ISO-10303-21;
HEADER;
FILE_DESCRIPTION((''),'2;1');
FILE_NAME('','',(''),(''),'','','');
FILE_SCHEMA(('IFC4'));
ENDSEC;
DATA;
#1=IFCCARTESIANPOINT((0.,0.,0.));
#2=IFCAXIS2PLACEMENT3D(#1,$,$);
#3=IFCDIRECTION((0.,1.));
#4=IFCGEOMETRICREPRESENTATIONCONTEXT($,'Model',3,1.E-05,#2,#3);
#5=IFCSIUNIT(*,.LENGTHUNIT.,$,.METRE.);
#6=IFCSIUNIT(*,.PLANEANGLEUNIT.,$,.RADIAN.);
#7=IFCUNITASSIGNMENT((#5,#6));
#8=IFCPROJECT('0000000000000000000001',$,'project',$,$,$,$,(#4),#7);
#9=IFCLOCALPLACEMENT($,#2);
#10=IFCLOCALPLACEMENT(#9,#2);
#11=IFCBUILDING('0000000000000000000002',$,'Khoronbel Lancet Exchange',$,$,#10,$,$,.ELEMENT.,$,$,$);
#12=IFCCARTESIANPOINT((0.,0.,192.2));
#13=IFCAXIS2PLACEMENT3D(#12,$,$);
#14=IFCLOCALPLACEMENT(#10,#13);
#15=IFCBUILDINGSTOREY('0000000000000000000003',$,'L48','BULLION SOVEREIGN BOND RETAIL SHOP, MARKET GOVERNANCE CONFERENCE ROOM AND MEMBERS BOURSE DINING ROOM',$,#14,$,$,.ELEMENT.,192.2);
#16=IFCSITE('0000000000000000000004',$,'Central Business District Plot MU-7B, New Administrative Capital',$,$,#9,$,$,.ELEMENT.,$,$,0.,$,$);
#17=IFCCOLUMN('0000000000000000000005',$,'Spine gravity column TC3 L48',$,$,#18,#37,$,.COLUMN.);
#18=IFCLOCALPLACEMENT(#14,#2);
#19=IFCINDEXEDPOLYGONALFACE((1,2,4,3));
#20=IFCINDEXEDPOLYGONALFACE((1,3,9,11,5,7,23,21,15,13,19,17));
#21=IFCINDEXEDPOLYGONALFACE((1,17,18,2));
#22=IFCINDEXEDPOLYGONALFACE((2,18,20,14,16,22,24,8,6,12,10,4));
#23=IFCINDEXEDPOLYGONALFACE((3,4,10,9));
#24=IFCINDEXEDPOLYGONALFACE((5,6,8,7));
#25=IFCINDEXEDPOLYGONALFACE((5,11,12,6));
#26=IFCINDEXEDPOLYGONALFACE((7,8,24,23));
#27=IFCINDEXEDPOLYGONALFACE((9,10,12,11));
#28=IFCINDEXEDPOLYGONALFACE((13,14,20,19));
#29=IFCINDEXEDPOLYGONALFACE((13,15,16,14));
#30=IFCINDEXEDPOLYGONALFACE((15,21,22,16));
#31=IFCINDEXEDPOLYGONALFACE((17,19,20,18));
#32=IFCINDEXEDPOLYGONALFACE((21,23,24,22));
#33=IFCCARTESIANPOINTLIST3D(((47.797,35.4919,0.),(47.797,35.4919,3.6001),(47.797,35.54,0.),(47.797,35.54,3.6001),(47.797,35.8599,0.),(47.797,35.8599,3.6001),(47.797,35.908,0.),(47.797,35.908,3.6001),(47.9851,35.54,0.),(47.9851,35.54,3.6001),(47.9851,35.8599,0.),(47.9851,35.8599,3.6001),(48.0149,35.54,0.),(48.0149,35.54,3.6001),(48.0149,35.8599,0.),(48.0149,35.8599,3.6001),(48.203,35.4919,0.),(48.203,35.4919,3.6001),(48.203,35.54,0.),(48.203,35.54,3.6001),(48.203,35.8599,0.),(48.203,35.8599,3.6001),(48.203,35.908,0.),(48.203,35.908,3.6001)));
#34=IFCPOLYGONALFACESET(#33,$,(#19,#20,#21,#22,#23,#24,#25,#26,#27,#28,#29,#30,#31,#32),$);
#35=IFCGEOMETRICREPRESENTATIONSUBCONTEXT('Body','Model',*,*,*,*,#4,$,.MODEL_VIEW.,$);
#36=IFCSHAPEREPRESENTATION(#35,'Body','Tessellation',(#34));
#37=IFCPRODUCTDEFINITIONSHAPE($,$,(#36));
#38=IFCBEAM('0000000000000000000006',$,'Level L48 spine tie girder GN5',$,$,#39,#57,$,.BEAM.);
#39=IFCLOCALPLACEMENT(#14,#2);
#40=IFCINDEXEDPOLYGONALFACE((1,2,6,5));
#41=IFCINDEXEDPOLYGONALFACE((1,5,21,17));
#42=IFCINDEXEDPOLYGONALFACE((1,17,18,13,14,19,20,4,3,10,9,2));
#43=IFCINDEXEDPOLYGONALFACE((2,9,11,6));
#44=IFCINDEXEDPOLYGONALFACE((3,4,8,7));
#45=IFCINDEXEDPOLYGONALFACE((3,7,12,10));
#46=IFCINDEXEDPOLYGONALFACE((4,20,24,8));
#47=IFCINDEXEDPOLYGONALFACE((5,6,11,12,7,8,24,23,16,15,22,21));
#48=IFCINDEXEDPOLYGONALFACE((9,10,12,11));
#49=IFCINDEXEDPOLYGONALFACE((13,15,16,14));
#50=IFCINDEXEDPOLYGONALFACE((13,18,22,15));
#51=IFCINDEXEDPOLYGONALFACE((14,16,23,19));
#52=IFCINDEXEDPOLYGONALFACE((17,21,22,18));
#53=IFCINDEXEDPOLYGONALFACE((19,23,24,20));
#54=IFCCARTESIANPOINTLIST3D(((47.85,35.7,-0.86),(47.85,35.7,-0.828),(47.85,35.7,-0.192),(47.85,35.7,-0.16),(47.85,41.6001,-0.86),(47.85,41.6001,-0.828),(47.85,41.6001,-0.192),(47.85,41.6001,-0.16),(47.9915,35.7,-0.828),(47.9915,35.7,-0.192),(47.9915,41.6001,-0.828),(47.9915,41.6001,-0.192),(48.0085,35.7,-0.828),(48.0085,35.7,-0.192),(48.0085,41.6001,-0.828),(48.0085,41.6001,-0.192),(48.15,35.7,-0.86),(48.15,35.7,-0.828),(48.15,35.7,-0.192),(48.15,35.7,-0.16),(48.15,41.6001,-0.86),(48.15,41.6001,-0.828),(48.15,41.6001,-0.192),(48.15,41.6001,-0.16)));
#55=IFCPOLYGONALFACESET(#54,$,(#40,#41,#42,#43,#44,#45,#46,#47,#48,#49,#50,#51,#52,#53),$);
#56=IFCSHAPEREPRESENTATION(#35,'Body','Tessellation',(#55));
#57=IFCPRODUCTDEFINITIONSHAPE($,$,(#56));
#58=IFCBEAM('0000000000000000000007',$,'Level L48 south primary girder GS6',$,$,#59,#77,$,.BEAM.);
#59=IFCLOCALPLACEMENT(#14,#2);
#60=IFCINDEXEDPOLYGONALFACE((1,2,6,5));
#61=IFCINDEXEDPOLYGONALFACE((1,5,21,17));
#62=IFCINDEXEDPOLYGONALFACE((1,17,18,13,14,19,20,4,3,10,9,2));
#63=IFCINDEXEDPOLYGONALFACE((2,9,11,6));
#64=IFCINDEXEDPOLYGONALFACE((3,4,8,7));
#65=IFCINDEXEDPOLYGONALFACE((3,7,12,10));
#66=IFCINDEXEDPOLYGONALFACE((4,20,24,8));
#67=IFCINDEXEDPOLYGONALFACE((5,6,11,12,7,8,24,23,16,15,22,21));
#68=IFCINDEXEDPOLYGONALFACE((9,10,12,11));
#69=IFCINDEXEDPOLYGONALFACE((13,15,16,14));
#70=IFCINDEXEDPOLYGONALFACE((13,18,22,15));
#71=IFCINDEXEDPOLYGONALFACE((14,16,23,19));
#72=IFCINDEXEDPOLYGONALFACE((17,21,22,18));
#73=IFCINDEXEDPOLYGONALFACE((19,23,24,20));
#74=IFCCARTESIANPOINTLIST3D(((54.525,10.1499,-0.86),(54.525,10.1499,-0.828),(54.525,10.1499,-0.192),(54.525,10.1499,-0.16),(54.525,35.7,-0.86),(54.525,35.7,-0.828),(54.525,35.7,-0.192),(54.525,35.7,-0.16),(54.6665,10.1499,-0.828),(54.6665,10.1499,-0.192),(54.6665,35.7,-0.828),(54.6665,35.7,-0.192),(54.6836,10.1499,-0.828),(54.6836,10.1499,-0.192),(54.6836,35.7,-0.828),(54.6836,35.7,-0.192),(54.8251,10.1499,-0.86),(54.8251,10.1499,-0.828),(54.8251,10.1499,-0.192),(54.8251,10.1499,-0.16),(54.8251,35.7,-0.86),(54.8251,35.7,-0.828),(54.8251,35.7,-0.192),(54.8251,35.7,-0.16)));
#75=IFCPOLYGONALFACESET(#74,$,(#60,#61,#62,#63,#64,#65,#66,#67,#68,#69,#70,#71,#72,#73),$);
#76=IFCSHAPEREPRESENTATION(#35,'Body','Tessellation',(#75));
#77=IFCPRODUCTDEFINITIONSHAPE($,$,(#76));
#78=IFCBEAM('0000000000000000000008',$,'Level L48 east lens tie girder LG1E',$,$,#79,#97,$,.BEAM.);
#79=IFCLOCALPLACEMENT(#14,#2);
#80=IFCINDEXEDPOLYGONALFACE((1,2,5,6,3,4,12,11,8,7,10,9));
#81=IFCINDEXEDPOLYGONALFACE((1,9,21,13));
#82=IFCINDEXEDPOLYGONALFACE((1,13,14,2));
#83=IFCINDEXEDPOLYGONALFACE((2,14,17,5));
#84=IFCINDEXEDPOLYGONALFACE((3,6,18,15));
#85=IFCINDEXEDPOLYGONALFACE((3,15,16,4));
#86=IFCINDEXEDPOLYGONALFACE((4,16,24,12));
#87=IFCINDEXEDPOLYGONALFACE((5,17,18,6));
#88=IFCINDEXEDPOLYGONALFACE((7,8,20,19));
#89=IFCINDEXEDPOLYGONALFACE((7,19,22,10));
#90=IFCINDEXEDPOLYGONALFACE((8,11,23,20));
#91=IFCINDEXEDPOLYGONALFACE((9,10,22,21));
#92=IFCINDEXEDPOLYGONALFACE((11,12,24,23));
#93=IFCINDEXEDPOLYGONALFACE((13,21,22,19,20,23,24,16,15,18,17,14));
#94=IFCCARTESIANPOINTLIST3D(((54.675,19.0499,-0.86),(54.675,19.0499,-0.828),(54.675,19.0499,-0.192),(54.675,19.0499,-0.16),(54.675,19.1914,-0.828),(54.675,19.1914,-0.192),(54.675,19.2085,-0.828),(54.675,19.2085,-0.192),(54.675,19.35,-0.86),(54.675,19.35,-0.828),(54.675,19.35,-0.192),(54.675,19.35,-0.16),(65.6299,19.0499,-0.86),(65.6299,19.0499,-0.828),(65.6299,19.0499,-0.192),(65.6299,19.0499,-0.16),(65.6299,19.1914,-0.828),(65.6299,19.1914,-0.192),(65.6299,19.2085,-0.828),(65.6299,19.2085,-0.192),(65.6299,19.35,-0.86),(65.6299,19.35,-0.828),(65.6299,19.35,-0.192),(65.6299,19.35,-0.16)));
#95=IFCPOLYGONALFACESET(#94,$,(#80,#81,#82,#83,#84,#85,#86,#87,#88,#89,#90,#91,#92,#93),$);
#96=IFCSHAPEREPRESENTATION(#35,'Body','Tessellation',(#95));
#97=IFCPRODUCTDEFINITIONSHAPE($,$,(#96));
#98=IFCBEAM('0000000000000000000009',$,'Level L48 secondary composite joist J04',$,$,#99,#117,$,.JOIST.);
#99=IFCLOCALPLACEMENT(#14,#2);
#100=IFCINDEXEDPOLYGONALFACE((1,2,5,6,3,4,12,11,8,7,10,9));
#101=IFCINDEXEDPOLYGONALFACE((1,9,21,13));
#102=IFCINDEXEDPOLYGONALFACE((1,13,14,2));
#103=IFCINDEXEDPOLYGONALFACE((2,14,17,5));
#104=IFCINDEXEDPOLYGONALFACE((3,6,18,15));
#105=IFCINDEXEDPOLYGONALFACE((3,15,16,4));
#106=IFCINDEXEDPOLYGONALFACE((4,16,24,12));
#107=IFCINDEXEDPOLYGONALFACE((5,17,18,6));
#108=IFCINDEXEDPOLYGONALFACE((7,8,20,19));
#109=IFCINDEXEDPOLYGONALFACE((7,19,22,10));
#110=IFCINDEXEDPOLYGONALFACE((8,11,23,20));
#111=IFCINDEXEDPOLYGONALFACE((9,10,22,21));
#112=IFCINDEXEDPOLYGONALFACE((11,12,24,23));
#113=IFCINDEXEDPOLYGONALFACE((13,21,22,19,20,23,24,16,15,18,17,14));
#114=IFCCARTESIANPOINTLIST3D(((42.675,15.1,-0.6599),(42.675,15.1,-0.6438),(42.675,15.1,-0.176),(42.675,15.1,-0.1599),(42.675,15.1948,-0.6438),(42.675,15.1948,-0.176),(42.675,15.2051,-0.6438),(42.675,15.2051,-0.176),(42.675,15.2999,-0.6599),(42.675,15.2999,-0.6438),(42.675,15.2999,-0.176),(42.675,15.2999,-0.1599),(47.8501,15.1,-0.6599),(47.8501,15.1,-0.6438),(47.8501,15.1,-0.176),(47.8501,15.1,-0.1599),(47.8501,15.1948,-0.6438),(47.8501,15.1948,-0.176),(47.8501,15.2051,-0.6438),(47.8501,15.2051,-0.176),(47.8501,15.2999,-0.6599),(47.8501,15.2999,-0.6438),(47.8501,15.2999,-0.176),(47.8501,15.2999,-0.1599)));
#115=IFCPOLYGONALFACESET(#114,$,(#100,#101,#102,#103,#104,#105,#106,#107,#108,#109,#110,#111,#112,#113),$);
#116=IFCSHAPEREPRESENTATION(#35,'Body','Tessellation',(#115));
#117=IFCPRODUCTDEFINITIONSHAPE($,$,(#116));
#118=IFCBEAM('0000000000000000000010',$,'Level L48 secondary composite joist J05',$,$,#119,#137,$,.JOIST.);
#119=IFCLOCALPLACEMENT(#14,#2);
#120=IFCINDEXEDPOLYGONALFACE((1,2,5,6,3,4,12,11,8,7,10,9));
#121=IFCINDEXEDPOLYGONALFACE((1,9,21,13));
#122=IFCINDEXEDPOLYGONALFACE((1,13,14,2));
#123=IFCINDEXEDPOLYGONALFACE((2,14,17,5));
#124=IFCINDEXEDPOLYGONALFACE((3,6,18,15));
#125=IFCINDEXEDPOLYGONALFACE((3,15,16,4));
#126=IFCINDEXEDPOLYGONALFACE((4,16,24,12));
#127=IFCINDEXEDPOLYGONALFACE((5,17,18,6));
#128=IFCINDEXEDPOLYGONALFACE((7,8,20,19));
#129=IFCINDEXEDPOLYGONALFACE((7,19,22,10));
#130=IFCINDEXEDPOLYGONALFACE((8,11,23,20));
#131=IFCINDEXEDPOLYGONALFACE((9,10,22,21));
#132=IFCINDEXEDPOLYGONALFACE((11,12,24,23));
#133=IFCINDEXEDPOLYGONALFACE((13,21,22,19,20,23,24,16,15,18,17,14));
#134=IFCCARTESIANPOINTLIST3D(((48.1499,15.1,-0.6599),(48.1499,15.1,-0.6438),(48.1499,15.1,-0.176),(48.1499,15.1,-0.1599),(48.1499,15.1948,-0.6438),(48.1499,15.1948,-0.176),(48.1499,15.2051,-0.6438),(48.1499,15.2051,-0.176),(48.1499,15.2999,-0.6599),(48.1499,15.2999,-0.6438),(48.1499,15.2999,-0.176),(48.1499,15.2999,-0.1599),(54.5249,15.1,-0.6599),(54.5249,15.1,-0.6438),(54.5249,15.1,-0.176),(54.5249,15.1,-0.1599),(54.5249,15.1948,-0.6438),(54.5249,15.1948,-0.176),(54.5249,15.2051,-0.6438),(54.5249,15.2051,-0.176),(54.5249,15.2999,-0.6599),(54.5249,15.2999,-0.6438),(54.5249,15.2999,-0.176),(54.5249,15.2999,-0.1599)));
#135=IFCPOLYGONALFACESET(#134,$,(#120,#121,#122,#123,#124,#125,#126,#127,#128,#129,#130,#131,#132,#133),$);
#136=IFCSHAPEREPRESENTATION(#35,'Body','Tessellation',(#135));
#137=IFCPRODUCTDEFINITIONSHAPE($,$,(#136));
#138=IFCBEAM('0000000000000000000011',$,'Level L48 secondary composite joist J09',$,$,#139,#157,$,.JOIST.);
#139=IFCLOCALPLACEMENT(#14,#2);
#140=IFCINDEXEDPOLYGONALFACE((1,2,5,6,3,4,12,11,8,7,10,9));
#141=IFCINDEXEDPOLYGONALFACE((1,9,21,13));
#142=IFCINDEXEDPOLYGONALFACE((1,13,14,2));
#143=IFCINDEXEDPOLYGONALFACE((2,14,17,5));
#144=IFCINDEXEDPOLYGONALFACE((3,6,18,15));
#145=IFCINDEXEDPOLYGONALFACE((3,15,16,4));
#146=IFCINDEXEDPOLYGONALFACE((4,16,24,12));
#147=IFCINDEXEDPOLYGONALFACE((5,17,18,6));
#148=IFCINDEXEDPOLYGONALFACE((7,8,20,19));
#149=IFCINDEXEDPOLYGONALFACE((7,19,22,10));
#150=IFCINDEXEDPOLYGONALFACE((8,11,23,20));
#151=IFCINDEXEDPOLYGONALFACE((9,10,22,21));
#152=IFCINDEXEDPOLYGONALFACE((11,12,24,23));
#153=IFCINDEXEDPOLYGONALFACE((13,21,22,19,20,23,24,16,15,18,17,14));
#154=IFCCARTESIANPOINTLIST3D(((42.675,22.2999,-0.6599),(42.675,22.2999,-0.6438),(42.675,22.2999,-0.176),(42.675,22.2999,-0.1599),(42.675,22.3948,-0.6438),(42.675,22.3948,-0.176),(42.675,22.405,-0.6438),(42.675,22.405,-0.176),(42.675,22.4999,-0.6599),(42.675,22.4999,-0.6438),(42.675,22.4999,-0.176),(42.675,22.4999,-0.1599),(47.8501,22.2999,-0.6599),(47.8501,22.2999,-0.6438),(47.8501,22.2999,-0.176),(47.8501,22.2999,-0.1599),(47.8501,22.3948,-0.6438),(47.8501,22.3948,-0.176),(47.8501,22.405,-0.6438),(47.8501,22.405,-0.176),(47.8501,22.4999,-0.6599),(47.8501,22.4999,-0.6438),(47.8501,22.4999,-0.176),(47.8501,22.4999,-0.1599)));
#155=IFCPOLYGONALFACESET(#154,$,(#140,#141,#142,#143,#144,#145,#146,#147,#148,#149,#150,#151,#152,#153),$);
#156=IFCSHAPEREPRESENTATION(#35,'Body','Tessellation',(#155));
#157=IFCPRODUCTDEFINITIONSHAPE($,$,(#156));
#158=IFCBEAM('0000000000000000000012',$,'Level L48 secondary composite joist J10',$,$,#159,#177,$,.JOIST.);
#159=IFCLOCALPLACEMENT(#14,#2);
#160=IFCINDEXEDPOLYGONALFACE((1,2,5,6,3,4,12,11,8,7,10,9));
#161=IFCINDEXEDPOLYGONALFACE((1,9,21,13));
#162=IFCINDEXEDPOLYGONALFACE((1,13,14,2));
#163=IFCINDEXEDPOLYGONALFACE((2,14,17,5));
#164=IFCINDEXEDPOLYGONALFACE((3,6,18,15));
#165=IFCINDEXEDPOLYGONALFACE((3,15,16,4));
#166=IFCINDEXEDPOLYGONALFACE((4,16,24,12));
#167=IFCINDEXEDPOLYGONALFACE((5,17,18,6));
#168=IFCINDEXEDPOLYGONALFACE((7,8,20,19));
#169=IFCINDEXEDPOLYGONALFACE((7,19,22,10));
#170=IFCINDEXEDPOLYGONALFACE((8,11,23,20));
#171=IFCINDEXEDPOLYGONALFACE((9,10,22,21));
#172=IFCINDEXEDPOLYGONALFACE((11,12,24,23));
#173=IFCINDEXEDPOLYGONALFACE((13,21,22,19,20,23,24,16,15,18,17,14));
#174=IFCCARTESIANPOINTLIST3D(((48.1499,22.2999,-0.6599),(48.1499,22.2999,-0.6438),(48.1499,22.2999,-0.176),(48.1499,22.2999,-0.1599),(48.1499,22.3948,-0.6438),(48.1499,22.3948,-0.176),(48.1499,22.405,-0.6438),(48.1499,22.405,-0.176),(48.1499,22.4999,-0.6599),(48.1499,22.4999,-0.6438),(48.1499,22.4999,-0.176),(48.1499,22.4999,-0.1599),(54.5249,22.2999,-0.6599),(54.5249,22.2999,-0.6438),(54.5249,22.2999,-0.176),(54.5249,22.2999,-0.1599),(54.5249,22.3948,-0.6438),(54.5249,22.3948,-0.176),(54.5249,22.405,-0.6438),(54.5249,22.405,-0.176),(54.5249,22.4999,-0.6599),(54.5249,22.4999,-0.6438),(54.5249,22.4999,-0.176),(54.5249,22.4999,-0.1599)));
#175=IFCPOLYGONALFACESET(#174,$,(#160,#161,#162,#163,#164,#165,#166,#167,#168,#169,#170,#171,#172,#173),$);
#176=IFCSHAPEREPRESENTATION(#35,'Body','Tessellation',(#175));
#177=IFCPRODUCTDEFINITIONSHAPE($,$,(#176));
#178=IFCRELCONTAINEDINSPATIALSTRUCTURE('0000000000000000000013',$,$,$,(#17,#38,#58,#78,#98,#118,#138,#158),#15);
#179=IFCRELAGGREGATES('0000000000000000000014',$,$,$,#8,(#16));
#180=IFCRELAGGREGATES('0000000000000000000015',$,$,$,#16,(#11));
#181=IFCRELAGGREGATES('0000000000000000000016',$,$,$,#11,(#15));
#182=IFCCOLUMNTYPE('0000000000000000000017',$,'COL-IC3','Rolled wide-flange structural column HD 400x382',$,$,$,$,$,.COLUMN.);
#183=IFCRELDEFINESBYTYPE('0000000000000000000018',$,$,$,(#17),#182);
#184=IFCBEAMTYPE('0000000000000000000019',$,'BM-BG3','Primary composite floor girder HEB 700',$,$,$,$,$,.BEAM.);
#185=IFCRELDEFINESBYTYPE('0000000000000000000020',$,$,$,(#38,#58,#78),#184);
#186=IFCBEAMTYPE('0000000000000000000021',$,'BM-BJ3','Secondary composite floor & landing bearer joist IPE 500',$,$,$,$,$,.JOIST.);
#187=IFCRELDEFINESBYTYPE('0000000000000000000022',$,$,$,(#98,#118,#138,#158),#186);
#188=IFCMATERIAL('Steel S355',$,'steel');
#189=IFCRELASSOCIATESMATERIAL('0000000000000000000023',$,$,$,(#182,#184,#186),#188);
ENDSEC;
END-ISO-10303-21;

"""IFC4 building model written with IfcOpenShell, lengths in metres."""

from ifc_helpers import new_model, si_unit, direction, frame, origin, origin_2d, place, context, subcontext, project, spatial, i_section, extrude, material, material_profile, profile_set, type_object, element, save


model = new_model("IFC4")

# Units and contexts
model_context = context("Model", 3, precision=1e-05, world=origin(), true_north=direction((0.0, 1.0)))
body_context = subcontext(model_context, "Body", "Model", "MODEL_VIEW")
ifc_project = project(units=[si_unit("LENGTHUNIT", "METRE"), si_unit("PLANEANGLEUNIT", "RADIAN")], contexts=[model_context])

# Site, building, storey
site_placement = place(None, origin())
site = spatial("IfcSite", under=ifc_project, at=site_placement, Name="Central Business District Plot MU-7B, New Administrative Capital", CompositionType="ELEMENT", RefElevation=0.0)
building_placement = place(site_placement, origin())
building = spatial("IfcBuilding", under=site, at=building_placement, Name="Khoronbel Lancet Exchange", CompositionType="ELEMENT")
storey_placement = place(building_placement, frame((0.0, 0.0, 192.2)))
storey = spatial("IfcBuildingStorey", under=building, at=storey_placement, Name="L48", Description="BULLION SOVEREIGN BOND RETAIL SHOP, MARKET GOVERNANCE CONFERENCE ROOM AND MEMBERS BOURSE DINING ROOM", CompositionType="ELEMENT", Elevation=192.2)

# Column
ifc_material_1 = material(Name="Steel S355", Category="steel")
ifc_material_profile_1 = material_profile(ifc_material_1, i_section(OverallWidth=0.406, OverallDepth=0.416, WebThickness=0.0298, FlangeThickness=0.0481, at=origin_2d()), Name="HD 400x382")
ifc_profile_set_1 = profile_set([ifc_material_profile_1], Name="Steel S355")
column_type = type_object("IfcColumnType", Name="COL-IC3", Description="Rolled wide-flange structural column HD 400x382", PredefinedType="COLUMN", material=ifc_profile_set_1)
column_placement = place(storey_placement, frame((48.0, 35.7, 0.0), z_axis=(0.0, 0.0, 1.0), x_axis=(1.0, 0.0, 0.0)))
element("IfcColumn", 1, at=column_placement, inside=storey, type_object=column_type, Name="Spine gravity column TC3 L48", PredefinedType="COLUMN", context=body_context, shape_type="SweptSolid", body=[
    extrude(i_section(OverallWidth=0.406, OverallDepth=0.416, WebThickness=0.0298, FlangeThickness=0.0481, at=origin_2d()), origin(), (0.0, 0.0, 1.0), 3.6001),
])

# Beams
ifc_material_profile_2 = material_profile(ifc_material_1, i_section(OverallWidth=0.3, OverallDepth=0.7, WebThickness=0.0171, FlangeThickness=0.032, at=origin_2d()), Name="HEB 700")
ifc_profile_set_2 = profile_set([ifc_material_profile_2], Name="Steel S355")
beam_type_1 = type_object("IfcBeamType", Name="BM-BG3", Description="Primary composite floor girder HEB 700", PredefinedType="BEAM", material=ifc_profile_set_2)
beam_1_placement = place(storey_placement, frame((48.0, 35.7, -0.51), z_axis=(0.0, 1.0, 0.0), x_axis=(-1.0, 0.0, 0.0)))
element("IfcBeam", 2, at=beam_1_placement, inside=storey, type_object=beam_type_1, Name="Level L48 spine tie girder GN5", PredefinedType="BEAM", context=body_context, shape_type="SweptSolid", body=[
    extrude(i_section(OverallWidth=0.3, OverallDepth=0.7, WebThickness=0.0171, FlangeThickness=0.032, at=origin_2d()), origin(), (0.0, 0.0, 1.0), 5.9001),
])
beam_2_placement = place(storey_placement, frame((54.675, 10.1499, -0.51), z_axis=(0.0, 1.0, 0.0), x_axis=(-1.0, 0.0, 0.0)))
element("IfcBeam", 3, at=beam_2_placement, inside=storey, type_object=beam_type_1, Name="Level L48 south primary girder GS6", PredefinedType="BEAM", context=body_context, shape_type="SweptSolid", body=[
    extrude(i_section(OverallWidth=0.3, OverallDepth=0.7, WebThickness=0.0171, FlangeThickness=0.032, at=origin_2d()), origin(), (0.0, 0.0, 1.0), 25.55),
])
beam_3_placement = place(storey_placement, frame((54.675, 19.2, -0.51), z_axis=(1.0, 0.0, 0.0), x_axis=(0.0, 1.0, 0.0)))
element("IfcBeam", 4, at=beam_3_placement, inside=storey, type_object=beam_type_1, Name="Level L48 east lens tie girder LG1E", PredefinedType="BEAM", context=body_context, shape_type="SweptSolid", body=[
    extrude(i_section(OverallWidth=0.3, OverallDepth=0.7, WebThickness=0.0171, FlangeThickness=0.032, at=origin_2d()), origin(), (0.0, 0.0, 1.0), 10.9548),
])
ifc_material_profile_3 = material_profile(ifc_material_1, i_section(OverallWidth=0.2, OverallDepth=0.5, WebThickness=0.0103, FlangeThickness=0.0161, at=origin_2d()), Name="IPE 500")
ifc_profile_set_3 = profile_set([ifc_material_profile_3], Name="Steel S355")
beam_type_2 = type_object("IfcBeamType", Name="BM-BJ3", Description="Secondary composite floor & landing bearer joist IPE 500", PredefinedType="JOIST", material=ifc_profile_set_3)
beam_4_placement = place(storey_placement, frame((42.675, 15.2, -0.4099), z_axis=(1.0, 0.0, 0.0), x_axis=(0.0, 1.0, 0.0)))
element("IfcBeam", 5, at=beam_4_placement, inside=storey, type_object=beam_type_2, Name="Level L48 secondary composite joist J04", PredefinedType="JOIST", context=body_context, shape_type="SweptSolid", body=[
    extrude(i_section(OverallWidth=0.2, OverallDepth=0.5, WebThickness=0.0103, FlangeThickness=0.0161, at=origin_2d()), origin(), (0.0, 0.0, 1.0), 5.175),
])
beam_5_placement = place(storey_placement, frame((48.1499, 15.2, -0.4099), z_axis=(1.0, 0.0, 0.0), x_axis=(0.0, 1.0, 0.0)))
element("IfcBeam", 6, at=beam_5_placement, inside=storey, type_object=beam_type_2, Name="Level L48 secondary composite joist J05", PredefinedType="JOIST", context=body_context, shape_type="SweptSolid", body=[
    extrude(i_section(OverallWidth=0.2, OverallDepth=0.5, WebThickness=0.0103, FlangeThickness=0.0161, at=origin_2d()), origin(), (0.0, 0.0, 1.0), 6.375),
])
beam_6_placement = place(storey_placement, frame((42.675, 22.3999, -0.4099), z_axis=(1.0, 0.0, 0.0), x_axis=(0.0, 1.0, 0.0)))
element("IfcBeam", 7, at=beam_6_placement, inside=storey, type_object=beam_type_2, Name="Level L48 secondary composite joist J09", PredefinedType="JOIST", context=body_context, shape_type="SweptSolid", body=[
    extrude(i_section(OverallWidth=0.2, OverallDepth=0.5, WebThickness=0.0103, FlangeThickness=0.0161, at=origin_2d()), origin(), (0.0, 0.0, 1.0), 5.175),
])
beam_7_placement = place(storey_placement, frame((48.1499, 22.3999, -0.4099), z_axis=(1.0, 0.0, 0.0), x_axis=(0.0, 1.0, 0.0)))
element("IfcBeam", 8, at=beam_7_placement, inside=storey, type_object=beam_type_2, Name="Level L48 secondary composite joist J10", PredefinedType="JOIST", context=body_context, shape_type="SweptSolid", body=[
    extrude(i_section(OverallWidth=0.2, OverallDepth=0.5, WebThickness=0.0103, FlangeThickness=0.0161, at=origin_2d()), origin(), (0.0, 0.0, 1.0), 6.375),
])

save(model, "model.ifc")
